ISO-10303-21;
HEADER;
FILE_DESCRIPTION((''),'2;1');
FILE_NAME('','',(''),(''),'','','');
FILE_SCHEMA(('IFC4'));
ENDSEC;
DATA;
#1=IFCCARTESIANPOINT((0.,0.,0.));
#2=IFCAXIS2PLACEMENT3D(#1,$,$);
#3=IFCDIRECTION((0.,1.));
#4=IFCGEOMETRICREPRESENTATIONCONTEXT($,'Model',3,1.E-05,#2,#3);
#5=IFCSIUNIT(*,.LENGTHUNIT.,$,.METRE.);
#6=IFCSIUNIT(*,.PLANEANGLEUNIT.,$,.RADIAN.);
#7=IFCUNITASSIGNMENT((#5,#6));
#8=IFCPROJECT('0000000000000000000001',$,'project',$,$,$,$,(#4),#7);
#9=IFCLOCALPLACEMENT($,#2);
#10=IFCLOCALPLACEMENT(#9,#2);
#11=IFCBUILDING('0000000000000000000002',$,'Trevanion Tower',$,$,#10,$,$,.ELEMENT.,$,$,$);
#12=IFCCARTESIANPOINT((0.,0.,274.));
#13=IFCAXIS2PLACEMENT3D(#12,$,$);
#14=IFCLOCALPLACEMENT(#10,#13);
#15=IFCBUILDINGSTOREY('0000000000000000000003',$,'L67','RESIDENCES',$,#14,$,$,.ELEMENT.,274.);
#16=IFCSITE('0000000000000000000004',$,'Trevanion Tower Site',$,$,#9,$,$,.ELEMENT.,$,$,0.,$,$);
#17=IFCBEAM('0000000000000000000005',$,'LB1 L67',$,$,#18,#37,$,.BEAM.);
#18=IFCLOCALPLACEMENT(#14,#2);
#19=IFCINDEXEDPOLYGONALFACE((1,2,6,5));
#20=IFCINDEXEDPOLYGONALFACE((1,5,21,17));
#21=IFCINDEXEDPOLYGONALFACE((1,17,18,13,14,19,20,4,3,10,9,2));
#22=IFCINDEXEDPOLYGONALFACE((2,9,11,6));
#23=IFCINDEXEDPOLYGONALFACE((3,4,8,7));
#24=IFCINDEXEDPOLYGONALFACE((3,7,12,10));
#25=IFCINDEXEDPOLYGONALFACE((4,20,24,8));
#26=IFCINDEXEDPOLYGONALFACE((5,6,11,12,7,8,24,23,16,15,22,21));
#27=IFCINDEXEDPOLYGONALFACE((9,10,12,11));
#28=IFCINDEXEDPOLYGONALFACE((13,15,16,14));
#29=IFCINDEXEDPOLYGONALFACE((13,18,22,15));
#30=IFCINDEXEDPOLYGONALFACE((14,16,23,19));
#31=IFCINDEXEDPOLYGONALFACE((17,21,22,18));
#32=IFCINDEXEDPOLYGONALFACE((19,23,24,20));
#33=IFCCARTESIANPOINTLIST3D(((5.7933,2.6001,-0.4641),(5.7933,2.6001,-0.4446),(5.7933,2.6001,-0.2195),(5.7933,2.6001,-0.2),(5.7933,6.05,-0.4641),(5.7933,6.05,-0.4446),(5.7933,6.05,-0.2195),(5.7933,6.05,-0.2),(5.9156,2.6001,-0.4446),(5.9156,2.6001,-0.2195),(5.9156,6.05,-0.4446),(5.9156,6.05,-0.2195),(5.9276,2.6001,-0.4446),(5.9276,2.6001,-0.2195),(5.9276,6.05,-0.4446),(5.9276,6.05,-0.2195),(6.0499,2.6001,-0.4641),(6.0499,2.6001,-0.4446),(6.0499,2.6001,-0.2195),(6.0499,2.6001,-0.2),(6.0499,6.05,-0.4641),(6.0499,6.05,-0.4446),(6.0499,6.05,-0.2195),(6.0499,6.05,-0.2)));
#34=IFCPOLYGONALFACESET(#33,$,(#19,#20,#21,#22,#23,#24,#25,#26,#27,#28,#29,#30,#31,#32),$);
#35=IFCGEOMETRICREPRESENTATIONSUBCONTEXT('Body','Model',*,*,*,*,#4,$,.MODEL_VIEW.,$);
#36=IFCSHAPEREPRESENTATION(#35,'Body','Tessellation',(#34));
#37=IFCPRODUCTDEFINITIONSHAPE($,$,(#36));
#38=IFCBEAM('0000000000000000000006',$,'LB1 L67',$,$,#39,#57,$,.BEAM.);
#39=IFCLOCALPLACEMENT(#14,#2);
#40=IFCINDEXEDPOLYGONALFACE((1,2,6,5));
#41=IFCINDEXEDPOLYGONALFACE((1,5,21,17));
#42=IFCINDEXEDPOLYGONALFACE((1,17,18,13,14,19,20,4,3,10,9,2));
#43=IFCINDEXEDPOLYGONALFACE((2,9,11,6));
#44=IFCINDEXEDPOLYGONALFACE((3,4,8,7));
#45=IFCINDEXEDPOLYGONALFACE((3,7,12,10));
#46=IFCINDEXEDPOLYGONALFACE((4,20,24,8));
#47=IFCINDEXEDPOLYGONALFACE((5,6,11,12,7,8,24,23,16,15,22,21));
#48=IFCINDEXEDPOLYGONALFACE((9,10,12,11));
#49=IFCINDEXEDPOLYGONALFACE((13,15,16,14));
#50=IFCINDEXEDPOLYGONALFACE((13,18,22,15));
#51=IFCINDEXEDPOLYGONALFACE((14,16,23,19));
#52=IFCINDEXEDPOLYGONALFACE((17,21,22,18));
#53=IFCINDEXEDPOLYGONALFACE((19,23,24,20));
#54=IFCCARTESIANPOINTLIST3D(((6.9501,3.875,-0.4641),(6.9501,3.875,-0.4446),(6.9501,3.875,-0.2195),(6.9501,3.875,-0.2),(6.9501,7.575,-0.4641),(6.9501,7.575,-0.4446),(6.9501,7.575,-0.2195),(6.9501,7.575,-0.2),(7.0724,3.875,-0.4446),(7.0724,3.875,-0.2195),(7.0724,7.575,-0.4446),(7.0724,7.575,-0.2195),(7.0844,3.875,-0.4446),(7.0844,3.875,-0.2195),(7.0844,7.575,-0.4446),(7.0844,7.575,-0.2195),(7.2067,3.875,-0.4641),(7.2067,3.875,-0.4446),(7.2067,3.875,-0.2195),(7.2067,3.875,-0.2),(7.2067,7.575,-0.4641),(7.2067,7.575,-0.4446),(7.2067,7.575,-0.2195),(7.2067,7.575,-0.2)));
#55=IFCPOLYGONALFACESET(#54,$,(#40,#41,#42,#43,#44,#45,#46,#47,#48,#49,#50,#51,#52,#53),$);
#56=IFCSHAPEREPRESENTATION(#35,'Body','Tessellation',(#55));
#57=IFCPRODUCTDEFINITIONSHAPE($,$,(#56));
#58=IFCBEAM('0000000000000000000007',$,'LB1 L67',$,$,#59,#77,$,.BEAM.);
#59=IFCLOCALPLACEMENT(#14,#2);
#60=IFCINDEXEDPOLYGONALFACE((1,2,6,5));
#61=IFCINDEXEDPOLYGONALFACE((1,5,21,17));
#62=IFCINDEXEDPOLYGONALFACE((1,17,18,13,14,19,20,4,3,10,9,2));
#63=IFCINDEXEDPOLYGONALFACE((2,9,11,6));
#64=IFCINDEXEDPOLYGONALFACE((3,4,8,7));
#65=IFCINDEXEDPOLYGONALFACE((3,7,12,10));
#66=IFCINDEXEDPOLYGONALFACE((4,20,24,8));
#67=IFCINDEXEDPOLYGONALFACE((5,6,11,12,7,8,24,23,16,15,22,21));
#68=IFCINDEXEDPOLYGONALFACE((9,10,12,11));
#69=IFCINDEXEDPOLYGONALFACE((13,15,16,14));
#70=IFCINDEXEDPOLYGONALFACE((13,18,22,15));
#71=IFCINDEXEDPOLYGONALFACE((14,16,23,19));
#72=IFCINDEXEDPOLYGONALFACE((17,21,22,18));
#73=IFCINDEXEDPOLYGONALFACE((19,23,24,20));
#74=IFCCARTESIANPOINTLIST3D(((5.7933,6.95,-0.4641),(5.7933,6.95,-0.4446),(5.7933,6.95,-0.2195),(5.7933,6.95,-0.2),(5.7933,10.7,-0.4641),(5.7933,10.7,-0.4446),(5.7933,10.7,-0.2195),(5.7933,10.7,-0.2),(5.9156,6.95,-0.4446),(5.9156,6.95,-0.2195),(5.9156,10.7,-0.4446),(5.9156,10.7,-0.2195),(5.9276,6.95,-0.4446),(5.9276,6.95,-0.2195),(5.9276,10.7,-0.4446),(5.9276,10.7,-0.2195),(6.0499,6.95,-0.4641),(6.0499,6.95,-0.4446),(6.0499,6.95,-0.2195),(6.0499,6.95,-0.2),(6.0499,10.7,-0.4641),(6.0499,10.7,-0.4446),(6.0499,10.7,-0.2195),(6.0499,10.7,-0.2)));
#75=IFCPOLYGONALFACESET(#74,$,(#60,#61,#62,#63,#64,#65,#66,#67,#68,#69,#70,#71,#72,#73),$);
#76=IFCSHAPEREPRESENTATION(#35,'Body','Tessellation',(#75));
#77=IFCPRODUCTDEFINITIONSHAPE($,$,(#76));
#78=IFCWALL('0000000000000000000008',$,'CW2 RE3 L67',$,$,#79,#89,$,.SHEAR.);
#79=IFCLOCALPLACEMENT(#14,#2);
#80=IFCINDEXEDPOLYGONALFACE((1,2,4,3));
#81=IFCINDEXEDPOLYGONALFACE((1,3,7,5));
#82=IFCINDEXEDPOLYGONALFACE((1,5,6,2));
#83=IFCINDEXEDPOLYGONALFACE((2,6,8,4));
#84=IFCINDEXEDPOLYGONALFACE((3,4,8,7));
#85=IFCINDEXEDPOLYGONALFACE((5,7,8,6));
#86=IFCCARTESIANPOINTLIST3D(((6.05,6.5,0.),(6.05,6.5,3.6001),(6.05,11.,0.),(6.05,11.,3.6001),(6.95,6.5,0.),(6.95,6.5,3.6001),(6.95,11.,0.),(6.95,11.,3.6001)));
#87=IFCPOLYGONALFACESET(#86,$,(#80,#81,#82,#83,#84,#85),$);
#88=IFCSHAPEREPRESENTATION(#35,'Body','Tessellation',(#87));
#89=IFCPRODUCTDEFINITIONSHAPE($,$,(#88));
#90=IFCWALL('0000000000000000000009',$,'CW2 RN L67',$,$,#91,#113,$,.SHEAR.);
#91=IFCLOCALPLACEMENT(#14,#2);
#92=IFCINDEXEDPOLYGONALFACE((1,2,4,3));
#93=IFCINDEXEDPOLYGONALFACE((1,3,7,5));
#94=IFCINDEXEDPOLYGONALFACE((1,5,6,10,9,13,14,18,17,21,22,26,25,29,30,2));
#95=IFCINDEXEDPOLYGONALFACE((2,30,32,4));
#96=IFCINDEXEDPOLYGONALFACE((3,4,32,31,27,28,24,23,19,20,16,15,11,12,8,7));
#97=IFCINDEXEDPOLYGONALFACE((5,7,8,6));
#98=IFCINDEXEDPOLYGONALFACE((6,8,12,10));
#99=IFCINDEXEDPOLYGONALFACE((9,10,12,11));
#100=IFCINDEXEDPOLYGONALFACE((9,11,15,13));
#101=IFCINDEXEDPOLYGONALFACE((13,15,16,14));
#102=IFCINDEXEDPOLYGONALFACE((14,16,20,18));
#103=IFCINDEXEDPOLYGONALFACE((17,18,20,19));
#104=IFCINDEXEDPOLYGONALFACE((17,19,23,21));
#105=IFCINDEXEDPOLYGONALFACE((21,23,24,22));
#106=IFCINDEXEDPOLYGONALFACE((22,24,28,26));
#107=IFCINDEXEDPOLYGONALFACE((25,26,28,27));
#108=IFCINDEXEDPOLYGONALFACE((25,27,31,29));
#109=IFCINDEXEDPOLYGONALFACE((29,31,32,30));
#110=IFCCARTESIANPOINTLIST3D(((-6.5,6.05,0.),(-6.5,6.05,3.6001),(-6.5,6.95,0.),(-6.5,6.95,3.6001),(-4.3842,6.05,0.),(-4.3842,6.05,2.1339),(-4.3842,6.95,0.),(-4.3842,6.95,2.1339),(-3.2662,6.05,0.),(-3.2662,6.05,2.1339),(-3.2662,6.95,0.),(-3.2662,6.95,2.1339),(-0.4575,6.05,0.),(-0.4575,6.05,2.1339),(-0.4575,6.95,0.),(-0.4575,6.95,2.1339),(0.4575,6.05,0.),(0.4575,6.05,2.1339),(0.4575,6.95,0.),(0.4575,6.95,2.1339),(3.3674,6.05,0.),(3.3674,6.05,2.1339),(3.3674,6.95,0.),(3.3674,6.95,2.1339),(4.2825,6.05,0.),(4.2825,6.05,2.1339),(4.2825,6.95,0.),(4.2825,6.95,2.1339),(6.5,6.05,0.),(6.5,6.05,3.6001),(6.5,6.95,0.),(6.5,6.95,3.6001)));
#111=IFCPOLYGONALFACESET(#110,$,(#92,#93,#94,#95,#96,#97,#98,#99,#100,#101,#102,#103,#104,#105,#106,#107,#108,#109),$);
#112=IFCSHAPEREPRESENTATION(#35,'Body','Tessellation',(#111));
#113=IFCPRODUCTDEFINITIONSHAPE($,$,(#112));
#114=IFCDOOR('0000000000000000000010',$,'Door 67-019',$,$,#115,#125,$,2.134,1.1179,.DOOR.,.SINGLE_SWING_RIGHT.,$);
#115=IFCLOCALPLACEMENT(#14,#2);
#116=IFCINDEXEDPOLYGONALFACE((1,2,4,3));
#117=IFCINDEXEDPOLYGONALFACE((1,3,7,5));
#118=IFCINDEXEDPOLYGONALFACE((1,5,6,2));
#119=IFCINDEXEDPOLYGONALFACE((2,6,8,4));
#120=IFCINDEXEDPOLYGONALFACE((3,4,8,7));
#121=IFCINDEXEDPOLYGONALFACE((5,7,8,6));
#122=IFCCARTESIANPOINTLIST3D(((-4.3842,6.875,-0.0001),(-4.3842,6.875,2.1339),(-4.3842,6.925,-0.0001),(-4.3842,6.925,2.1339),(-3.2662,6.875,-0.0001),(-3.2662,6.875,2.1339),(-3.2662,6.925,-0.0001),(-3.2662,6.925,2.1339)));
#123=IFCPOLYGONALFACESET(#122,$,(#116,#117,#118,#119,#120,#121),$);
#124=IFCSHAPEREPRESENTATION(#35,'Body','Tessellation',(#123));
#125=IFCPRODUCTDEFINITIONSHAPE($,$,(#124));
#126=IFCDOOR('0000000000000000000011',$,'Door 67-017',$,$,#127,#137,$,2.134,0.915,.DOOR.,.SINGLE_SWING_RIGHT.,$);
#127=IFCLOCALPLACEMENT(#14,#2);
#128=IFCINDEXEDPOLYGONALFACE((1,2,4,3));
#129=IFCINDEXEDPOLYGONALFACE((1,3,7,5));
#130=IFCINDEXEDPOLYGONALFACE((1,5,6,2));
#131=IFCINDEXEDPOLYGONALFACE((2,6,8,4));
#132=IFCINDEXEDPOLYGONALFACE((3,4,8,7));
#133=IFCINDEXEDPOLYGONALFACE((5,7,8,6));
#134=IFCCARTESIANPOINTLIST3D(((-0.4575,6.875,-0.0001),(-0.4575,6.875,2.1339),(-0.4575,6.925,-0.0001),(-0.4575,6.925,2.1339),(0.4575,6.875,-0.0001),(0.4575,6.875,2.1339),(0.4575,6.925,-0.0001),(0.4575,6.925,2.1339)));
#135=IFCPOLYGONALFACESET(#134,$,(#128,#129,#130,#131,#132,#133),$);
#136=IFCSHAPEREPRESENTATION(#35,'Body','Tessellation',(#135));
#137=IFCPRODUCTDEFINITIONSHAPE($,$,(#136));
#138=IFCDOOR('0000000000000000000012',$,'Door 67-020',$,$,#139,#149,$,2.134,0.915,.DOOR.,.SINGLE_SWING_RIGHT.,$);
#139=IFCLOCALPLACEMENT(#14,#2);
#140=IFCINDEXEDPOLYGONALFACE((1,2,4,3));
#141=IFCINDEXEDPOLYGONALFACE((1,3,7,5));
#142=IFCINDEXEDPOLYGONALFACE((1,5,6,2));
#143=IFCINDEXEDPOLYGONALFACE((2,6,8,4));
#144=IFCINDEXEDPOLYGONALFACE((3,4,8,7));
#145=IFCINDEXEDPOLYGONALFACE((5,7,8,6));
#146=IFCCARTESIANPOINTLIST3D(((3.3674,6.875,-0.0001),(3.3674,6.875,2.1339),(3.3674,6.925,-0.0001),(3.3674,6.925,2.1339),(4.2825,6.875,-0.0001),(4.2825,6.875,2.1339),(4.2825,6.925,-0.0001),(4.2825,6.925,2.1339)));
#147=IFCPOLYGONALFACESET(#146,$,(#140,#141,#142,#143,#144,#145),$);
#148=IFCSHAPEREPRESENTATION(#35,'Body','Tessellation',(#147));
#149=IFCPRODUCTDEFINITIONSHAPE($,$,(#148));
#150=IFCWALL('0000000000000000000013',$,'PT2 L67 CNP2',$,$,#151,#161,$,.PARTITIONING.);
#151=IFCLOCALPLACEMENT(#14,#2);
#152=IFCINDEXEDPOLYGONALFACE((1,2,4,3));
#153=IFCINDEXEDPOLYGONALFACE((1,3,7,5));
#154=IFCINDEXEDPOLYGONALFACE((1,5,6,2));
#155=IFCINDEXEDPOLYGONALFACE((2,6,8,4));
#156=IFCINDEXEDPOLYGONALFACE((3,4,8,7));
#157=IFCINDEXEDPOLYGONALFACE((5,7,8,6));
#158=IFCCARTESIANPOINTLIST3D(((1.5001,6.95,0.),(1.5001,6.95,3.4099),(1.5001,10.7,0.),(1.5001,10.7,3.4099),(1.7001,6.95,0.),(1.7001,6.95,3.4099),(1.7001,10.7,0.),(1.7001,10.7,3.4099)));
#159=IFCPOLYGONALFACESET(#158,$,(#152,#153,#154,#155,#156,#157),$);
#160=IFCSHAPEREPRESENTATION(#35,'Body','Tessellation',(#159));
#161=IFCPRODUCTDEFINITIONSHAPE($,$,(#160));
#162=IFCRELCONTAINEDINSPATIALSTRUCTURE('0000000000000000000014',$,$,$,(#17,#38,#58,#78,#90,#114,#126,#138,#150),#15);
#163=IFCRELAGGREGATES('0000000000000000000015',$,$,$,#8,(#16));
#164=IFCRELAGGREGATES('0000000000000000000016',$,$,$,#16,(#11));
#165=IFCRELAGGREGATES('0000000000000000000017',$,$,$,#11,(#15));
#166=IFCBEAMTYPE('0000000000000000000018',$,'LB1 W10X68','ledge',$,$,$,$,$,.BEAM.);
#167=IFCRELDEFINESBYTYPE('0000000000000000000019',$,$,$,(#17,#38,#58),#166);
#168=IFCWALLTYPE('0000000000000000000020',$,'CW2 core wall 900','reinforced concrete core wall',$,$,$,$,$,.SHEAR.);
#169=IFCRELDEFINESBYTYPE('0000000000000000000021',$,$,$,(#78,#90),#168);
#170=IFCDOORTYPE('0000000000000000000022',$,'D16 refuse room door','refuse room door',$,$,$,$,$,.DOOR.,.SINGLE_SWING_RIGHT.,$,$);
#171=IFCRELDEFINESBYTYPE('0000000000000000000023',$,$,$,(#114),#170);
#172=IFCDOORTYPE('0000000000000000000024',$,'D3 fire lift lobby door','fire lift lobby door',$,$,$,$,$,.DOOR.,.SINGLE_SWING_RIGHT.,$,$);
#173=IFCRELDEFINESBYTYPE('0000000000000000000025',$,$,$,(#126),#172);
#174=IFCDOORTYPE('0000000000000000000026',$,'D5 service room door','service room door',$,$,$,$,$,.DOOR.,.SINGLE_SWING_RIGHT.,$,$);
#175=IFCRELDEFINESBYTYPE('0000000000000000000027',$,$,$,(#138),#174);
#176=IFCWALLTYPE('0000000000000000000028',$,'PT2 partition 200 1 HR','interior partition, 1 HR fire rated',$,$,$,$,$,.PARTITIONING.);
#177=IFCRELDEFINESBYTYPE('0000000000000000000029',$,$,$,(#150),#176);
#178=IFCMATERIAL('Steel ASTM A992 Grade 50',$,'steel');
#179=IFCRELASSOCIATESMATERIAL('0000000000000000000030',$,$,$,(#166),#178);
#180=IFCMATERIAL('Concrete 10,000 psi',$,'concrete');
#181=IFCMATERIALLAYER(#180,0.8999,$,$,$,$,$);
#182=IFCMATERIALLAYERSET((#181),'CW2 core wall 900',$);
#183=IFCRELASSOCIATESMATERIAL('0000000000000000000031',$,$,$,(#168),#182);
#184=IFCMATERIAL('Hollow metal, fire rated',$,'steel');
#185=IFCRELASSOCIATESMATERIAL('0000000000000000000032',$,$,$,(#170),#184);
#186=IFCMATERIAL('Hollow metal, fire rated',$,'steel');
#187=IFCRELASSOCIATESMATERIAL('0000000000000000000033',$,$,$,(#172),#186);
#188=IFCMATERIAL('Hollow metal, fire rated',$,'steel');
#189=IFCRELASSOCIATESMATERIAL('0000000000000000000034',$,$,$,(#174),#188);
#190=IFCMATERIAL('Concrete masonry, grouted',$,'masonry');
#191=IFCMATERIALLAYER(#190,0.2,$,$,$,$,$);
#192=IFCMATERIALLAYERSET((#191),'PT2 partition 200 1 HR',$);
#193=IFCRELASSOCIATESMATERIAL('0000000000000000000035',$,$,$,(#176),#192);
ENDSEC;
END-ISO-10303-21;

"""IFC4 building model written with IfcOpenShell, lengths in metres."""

from ifc_helpers import new_model, si_unit, direction, frame, frame_2d, origin, origin_2d, place, context, subcontext, project, spatial, rectangle, i_section, extrude, material, layer, layer_set, material_profile, profile_set, type_object, element, fill, save


model = new_model("IFC4")

# Units and contexts
model_context = context("Model", 3, precision=1e-05, world=origin(), true_north=direction((0.0, 1.0)))
body_context = subcontext(model_context, "Body", "Model", "MODEL_VIEW")
ifc_project = project(units=[si_unit("LENGTHUNIT", "METRE"), si_unit("PLANEANGLEUNIT", "RADIAN")], contexts=[model_context])

# Site, building, storey
site_placement = place(None, origin())
site = spatial("IfcSite", under=ifc_project, at=site_placement, Name="Trevanion Tower Site", CompositionType="ELEMENT", RefElevation=0.0)
building_placement = place(site_placement, origin())
building = spatial("IfcBuilding", under=site, at=building_placement, Name="Trevanion Tower", CompositionType="ELEMENT")
storey_placement = place(building_placement, frame((0.0, 0.0, 274.0)))
storey = spatial("IfcBuildingStorey", under=building, at=storey_placement, Name="L67", Description="RESIDENCES", CompositionType="ELEMENT", Elevation=274.0)

# Beams
ifc_material_1 = material(Name="Steel ASTM A992 Grade 50", Category="steel")
ifc_material_profile = material_profile(ifc_material_1, i_section(OverallWidth=0.2566, OverallDepth=0.2642, WebThickness=0.012, FlangeThickness=0.0195, at=origin_2d()), Name="W10X68")
ifc_profile_set = profile_set([ifc_material_profile], Name="Steel ASTM A992 Grade 50")
beam_type = type_object("IfcBeamType", Name="LB1 W10X68", Description="ledge", PredefinedType="BEAM", material=ifc_profile_set)
beam_1_placement = place(storey_placement, frame((5.9216, 2.6001, -0.332), z_axis=(0.0, 1.0, 0.0), x_axis=(-1.0, 0.0, 0.0)))
element("IfcBeam", 1, at=beam_1_placement, inside=storey, type_object=beam_type, Name="LB1 L67", PredefinedType="BEAM", context=body_context, shape_type="SweptSolid", body=[
    extrude(i_section(OverallWidth=0.2566, OverallDepth=0.2642, WebThickness=0.012, FlangeThickness=0.0195, at=origin_2d()), origin(), (0.0, 0.0, 1.0), 3.45),
])
beam_2_placement = place(storey_placement, frame((7.0784, 3.875, -0.332), z_axis=(0.0, 1.0, 0.0), x_axis=(-1.0, 0.0, 0.0)))
element("IfcBeam", 2, at=beam_2_placement, inside=storey, type_object=beam_type, Name="LB1 L67", PredefinedType="BEAM", context=body_context, shape_type="SweptSolid", body=[
    extrude(i_section(OverallWidth=0.2566, OverallDepth=0.2642, WebThickness=0.012, FlangeThickness=0.0195, at=origin_2d()), origin(), (0.0, 0.0, 1.0), 3.7),
])
beam_3_placement = place(storey_placement, frame((5.9216, 6.95, -0.332), z_axis=(0.0, 1.0, 0.0), x_axis=(-1.0, 0.0, 0.0)))
element("IfcBeam", 3, at=beam_3_placement, inside=storey, type_object=beam_type, Name="LB1 L67", PredefinedType="BEAM", context=body_context, shape_type="SweptSolid", body=[
    extrude(i_section(OverallWidth=0.2566, OverallDepth=0.2642, WebThickness=0.012, FlangeThickness=0.0195, at=origin_2d()), origin(), (0.0, 0.0, 1.0), 3.75),
])

# Wall
ifc_material_2 = material(Name="Concrete 10,000 psi", Category="concrete")
ifc_layer_1 = layer(ifc_material_2, 0.8999)
ifc_layer_set_1 = layer_set([ifc_layer_1], Name="CW2 core wall 900")
wall_type_1 = type_object("IfcWallType", Name="CW2 core wall 900", Description="reinforced concrete core wall", PredefinedType="SHEAR", material=ifc_layer_set_1)
wall_1_placement = place(storey_placement, frame((6.5, 6.5, 0.0), z_axis=(0.0, 0.0, 1.0), x_axis=(0.0, 1.0, 0.0)))
element("IfcWall", 4, at=wall_1_placement, inside=storey, type_object=wall_type_1, Name="CW2 RE3 L67", PredefinedType="SHEAR", context=body_context, shape_type="SweptSolid", body=[
    extrude(rectangle(XDim=4.5, YDim=0.8999, at=frame_2d((2.25, 0.0))), origin(), (0.0, 0.0, 1.0), 3.6001),
])

# Wall, openings, doors
wall_2_placement = place(storey_placement, frame((6.5, 6.5, 0.0), z_axis=(0.0, 0.0, 1.0), x_axis=(-1.0, 0.0, 0.0)))
wall_2 = element("IfcWall", 5, at=wall_2_placement, inside=storey, type_object=wall_type_1, Name="CW2 RN L67", PredefinedType="SHEAR", context=body_context, shape_type="SweptSolid", body=[
    extrude(rectangle(XDim=13.0, YDim=0.8999, at=frame_2d((6.5, 0.0))), origin(), (0.0, 0.0, 1.0), 3.6001),
])
opening_1_placement = place(wall_2_placement, frame((6.0425, 0.0, 0.0)))
opening_1 = element("IfcOpeningElement", 6, at=opening_1_placement, cuts=wall_2, PredefinedType="OPENING", context=body_context, shape_type="SweptSolid", body=[
    extrude(rectangle(XDim=0.915, YDim=2.134, at=frame_2d((0.4575, 1.0669))), frame((0.0, 0.46, 0.0), z_axis=(0.0, -1.0, 0.0), x_axis=(1.0, 0.0, 0.0)), (0.0, 0.0, 1.0), 0.9199),
])
opening_2_placement = place(wall_2_placement, frame((9.7661, 0.0, 0.0)))
opening_2 = element("IfcOpeningElement", 7, at=opening_2_placement, cuts=wall_2, PredefinedType="OPENING", context=body_context, shape_type="SweptSolid", body=[
    extrude(rectangle(XDim=1.1179, YDim=2.134, at=frame_2d((0.5591, 1.0669))), frame((0.0, 0.46, 0.0), z_axis=(0.0, -1.0, 0.0), x_axis=(1.0, 0.0, 0.0)), (0.0, 0.0, 1.0), 0.9199),
])
opening_3_placement = place(wall_2_placement, frame((2.2175, 0.0, 0.0)))
opening_3 = element("IfcOpeningElement", 8, at=opening_3_placement, cuts=wall_2, PredefinedType="OPENING", context=body_context, shape_type="SweptSolid", body=[
    extrude(rectangle(XDim=0.915, YDim=2.134, at=frame_2d((0.4575, 1.0669))), frame((0.0, 0.46, 0.0), z_axis=(0.0, -1.0, 0.0), x_axis=(1.0, 0.0, 0.0)), (0.0, 0.0, 1.0), 0.9199),
])
ifc_material_3 = material(Name="Hollow metal, fire rated", Category="steel")
door_type_1 = type_object("IfcDoorType", Name="D16 refuse room door", Description="refuse room door", OperationType="SINGLE_SWING_RIGHT", PredefinedType="DOOR", material=ifc_material_3)
door_1_placement = place(opening_2_placement, origin())
door_1 = element("IfcDoor", 9, at=door_1_placement, inside=storey, type_object=door_type_1, Name="Door 67-019", OperationType="SINGLE_SWING_RIGHT", OverallHeight=2.134, OverallWidth=1.1179, PredefinedType="DOOR", context=body_context, shape_type="SweptSolid", body=[
    extrude(rectangle(XDim=1.1179, YDim=2.134, at=frame_2d((0.5591, 1.0669))), frame((0.0, -0.375, 0.0), z_axis=(0.0, -1.0, 0.0), x_axis=(1.0, 0.0, 0.0)), (0.0, 0.0, 1.0), 0.05),
])
fill(opening_2, door_1)
ifc_material_4 = material(Name="Hollow metal, fire rated", Category="steel")
door_type_2 = type_object("IfcDoorType", Name="D3 fire lift lobby door", Description="fire lift lobby door", OperationType="SINGLE_SWING_RIGHT", PredefinedType="DOOR", material=ifc_material_4)
door_2_placement = place(opening_1_placement, origin())
door_2 = element("IfcDoor", 10, at=door_2_placement, inside=storey, type_object=door_type_2, Name="Door 67-017", OperationType="SINGLE_SWING_RIGHT", OverallHeight=2.134, OverallWidth=0.915, PredefinedType="DOOR", context=body_context, shape_type="SweptSolid", body=[
    extrude(rectangle(XDim=0.915, YDim=2.134, at=frame_2d((0.4575, 1.0669))), frame((0.0, -0.375, 0.0), z_axis=(0.0, -1.0, 0.0), x_axis=(1.0, 0.0, 0.0)), (0.0, 0.0, 1.0), 0.05),
])
fill(opening_1, door_2)
ifc_material_5 = material(Name="Hollow metal, fire rated", Category="steel")
door_type_3 = type_object("IfcDoorType", Name="D5 service room door", Description="service room door", OperationType="SINGLE_SWING_RIGHT", PredefinedType="DOOR", material=ifc_material_5)
door_3_placement = place(opening_3_placement, origin())
door_3 = element("IfcDoor", 11, at=door_3_placement, inside=storey, type_object=door_type_3, Name="Door 67-020", OperationType="SINGLE_SWING_RIGHT", OverallHeight=2.134, OverallWidth=0.915, PredefinedType="DOOR", context=body_context, shape_type="SweptSolid", body=[
    extrude(rectangle(XDim=0.915, YDim=2.134, at=frame_2d((0.4575, 1.0669))), frame((0.0, -0.375, 0.0), z_axis=(0.0, -1.0, 0.0), x_axis=(1.0, 0.0, 0.0)), (0.0, 0.0, 1.0), 0.05),
])
fill(opening_3, door_3)

# Wall
ifc_material_6 = material(Name="Concrete masonry, grouted", Category="masonry")
ifc_layer_2 = layer(ifc_material_6, 0.2)
ifc_layer_set_2 = layer_set([ifc_layer_2], Name="PT2 partition 200 1 HR")
wall_type_2 = type_object("IfcWallType", Name="PT2 partition 200 1 HR", Description="interior partition, 1 HR fire rated", PredefinedType="PARTITIONING", material=ifc_layer_set_2)
wall_3_placement = place(storey_placement, frame((1.6001, 6.95, 0.0), z_axis=(0.0, 0.0, 1.0), x_axis=(0.0, 1.0, 0.0)))
element("IfcWall", 12, at=wall_3_placement, inside=storey, type_object=wall_type_2, Name="PT2 L67 CNP2", PredefinedType="PARTITIONING", context=body_context, shape_type="SweptSolid", body=[
    extrude(rectangle(XDim=3.75, YDim=0.2, at=frame_2d((1.875, 0.0))), origin(), (0.0, 0.0, 1.0), 3.4099),
])

save(model, "model.ifc")
